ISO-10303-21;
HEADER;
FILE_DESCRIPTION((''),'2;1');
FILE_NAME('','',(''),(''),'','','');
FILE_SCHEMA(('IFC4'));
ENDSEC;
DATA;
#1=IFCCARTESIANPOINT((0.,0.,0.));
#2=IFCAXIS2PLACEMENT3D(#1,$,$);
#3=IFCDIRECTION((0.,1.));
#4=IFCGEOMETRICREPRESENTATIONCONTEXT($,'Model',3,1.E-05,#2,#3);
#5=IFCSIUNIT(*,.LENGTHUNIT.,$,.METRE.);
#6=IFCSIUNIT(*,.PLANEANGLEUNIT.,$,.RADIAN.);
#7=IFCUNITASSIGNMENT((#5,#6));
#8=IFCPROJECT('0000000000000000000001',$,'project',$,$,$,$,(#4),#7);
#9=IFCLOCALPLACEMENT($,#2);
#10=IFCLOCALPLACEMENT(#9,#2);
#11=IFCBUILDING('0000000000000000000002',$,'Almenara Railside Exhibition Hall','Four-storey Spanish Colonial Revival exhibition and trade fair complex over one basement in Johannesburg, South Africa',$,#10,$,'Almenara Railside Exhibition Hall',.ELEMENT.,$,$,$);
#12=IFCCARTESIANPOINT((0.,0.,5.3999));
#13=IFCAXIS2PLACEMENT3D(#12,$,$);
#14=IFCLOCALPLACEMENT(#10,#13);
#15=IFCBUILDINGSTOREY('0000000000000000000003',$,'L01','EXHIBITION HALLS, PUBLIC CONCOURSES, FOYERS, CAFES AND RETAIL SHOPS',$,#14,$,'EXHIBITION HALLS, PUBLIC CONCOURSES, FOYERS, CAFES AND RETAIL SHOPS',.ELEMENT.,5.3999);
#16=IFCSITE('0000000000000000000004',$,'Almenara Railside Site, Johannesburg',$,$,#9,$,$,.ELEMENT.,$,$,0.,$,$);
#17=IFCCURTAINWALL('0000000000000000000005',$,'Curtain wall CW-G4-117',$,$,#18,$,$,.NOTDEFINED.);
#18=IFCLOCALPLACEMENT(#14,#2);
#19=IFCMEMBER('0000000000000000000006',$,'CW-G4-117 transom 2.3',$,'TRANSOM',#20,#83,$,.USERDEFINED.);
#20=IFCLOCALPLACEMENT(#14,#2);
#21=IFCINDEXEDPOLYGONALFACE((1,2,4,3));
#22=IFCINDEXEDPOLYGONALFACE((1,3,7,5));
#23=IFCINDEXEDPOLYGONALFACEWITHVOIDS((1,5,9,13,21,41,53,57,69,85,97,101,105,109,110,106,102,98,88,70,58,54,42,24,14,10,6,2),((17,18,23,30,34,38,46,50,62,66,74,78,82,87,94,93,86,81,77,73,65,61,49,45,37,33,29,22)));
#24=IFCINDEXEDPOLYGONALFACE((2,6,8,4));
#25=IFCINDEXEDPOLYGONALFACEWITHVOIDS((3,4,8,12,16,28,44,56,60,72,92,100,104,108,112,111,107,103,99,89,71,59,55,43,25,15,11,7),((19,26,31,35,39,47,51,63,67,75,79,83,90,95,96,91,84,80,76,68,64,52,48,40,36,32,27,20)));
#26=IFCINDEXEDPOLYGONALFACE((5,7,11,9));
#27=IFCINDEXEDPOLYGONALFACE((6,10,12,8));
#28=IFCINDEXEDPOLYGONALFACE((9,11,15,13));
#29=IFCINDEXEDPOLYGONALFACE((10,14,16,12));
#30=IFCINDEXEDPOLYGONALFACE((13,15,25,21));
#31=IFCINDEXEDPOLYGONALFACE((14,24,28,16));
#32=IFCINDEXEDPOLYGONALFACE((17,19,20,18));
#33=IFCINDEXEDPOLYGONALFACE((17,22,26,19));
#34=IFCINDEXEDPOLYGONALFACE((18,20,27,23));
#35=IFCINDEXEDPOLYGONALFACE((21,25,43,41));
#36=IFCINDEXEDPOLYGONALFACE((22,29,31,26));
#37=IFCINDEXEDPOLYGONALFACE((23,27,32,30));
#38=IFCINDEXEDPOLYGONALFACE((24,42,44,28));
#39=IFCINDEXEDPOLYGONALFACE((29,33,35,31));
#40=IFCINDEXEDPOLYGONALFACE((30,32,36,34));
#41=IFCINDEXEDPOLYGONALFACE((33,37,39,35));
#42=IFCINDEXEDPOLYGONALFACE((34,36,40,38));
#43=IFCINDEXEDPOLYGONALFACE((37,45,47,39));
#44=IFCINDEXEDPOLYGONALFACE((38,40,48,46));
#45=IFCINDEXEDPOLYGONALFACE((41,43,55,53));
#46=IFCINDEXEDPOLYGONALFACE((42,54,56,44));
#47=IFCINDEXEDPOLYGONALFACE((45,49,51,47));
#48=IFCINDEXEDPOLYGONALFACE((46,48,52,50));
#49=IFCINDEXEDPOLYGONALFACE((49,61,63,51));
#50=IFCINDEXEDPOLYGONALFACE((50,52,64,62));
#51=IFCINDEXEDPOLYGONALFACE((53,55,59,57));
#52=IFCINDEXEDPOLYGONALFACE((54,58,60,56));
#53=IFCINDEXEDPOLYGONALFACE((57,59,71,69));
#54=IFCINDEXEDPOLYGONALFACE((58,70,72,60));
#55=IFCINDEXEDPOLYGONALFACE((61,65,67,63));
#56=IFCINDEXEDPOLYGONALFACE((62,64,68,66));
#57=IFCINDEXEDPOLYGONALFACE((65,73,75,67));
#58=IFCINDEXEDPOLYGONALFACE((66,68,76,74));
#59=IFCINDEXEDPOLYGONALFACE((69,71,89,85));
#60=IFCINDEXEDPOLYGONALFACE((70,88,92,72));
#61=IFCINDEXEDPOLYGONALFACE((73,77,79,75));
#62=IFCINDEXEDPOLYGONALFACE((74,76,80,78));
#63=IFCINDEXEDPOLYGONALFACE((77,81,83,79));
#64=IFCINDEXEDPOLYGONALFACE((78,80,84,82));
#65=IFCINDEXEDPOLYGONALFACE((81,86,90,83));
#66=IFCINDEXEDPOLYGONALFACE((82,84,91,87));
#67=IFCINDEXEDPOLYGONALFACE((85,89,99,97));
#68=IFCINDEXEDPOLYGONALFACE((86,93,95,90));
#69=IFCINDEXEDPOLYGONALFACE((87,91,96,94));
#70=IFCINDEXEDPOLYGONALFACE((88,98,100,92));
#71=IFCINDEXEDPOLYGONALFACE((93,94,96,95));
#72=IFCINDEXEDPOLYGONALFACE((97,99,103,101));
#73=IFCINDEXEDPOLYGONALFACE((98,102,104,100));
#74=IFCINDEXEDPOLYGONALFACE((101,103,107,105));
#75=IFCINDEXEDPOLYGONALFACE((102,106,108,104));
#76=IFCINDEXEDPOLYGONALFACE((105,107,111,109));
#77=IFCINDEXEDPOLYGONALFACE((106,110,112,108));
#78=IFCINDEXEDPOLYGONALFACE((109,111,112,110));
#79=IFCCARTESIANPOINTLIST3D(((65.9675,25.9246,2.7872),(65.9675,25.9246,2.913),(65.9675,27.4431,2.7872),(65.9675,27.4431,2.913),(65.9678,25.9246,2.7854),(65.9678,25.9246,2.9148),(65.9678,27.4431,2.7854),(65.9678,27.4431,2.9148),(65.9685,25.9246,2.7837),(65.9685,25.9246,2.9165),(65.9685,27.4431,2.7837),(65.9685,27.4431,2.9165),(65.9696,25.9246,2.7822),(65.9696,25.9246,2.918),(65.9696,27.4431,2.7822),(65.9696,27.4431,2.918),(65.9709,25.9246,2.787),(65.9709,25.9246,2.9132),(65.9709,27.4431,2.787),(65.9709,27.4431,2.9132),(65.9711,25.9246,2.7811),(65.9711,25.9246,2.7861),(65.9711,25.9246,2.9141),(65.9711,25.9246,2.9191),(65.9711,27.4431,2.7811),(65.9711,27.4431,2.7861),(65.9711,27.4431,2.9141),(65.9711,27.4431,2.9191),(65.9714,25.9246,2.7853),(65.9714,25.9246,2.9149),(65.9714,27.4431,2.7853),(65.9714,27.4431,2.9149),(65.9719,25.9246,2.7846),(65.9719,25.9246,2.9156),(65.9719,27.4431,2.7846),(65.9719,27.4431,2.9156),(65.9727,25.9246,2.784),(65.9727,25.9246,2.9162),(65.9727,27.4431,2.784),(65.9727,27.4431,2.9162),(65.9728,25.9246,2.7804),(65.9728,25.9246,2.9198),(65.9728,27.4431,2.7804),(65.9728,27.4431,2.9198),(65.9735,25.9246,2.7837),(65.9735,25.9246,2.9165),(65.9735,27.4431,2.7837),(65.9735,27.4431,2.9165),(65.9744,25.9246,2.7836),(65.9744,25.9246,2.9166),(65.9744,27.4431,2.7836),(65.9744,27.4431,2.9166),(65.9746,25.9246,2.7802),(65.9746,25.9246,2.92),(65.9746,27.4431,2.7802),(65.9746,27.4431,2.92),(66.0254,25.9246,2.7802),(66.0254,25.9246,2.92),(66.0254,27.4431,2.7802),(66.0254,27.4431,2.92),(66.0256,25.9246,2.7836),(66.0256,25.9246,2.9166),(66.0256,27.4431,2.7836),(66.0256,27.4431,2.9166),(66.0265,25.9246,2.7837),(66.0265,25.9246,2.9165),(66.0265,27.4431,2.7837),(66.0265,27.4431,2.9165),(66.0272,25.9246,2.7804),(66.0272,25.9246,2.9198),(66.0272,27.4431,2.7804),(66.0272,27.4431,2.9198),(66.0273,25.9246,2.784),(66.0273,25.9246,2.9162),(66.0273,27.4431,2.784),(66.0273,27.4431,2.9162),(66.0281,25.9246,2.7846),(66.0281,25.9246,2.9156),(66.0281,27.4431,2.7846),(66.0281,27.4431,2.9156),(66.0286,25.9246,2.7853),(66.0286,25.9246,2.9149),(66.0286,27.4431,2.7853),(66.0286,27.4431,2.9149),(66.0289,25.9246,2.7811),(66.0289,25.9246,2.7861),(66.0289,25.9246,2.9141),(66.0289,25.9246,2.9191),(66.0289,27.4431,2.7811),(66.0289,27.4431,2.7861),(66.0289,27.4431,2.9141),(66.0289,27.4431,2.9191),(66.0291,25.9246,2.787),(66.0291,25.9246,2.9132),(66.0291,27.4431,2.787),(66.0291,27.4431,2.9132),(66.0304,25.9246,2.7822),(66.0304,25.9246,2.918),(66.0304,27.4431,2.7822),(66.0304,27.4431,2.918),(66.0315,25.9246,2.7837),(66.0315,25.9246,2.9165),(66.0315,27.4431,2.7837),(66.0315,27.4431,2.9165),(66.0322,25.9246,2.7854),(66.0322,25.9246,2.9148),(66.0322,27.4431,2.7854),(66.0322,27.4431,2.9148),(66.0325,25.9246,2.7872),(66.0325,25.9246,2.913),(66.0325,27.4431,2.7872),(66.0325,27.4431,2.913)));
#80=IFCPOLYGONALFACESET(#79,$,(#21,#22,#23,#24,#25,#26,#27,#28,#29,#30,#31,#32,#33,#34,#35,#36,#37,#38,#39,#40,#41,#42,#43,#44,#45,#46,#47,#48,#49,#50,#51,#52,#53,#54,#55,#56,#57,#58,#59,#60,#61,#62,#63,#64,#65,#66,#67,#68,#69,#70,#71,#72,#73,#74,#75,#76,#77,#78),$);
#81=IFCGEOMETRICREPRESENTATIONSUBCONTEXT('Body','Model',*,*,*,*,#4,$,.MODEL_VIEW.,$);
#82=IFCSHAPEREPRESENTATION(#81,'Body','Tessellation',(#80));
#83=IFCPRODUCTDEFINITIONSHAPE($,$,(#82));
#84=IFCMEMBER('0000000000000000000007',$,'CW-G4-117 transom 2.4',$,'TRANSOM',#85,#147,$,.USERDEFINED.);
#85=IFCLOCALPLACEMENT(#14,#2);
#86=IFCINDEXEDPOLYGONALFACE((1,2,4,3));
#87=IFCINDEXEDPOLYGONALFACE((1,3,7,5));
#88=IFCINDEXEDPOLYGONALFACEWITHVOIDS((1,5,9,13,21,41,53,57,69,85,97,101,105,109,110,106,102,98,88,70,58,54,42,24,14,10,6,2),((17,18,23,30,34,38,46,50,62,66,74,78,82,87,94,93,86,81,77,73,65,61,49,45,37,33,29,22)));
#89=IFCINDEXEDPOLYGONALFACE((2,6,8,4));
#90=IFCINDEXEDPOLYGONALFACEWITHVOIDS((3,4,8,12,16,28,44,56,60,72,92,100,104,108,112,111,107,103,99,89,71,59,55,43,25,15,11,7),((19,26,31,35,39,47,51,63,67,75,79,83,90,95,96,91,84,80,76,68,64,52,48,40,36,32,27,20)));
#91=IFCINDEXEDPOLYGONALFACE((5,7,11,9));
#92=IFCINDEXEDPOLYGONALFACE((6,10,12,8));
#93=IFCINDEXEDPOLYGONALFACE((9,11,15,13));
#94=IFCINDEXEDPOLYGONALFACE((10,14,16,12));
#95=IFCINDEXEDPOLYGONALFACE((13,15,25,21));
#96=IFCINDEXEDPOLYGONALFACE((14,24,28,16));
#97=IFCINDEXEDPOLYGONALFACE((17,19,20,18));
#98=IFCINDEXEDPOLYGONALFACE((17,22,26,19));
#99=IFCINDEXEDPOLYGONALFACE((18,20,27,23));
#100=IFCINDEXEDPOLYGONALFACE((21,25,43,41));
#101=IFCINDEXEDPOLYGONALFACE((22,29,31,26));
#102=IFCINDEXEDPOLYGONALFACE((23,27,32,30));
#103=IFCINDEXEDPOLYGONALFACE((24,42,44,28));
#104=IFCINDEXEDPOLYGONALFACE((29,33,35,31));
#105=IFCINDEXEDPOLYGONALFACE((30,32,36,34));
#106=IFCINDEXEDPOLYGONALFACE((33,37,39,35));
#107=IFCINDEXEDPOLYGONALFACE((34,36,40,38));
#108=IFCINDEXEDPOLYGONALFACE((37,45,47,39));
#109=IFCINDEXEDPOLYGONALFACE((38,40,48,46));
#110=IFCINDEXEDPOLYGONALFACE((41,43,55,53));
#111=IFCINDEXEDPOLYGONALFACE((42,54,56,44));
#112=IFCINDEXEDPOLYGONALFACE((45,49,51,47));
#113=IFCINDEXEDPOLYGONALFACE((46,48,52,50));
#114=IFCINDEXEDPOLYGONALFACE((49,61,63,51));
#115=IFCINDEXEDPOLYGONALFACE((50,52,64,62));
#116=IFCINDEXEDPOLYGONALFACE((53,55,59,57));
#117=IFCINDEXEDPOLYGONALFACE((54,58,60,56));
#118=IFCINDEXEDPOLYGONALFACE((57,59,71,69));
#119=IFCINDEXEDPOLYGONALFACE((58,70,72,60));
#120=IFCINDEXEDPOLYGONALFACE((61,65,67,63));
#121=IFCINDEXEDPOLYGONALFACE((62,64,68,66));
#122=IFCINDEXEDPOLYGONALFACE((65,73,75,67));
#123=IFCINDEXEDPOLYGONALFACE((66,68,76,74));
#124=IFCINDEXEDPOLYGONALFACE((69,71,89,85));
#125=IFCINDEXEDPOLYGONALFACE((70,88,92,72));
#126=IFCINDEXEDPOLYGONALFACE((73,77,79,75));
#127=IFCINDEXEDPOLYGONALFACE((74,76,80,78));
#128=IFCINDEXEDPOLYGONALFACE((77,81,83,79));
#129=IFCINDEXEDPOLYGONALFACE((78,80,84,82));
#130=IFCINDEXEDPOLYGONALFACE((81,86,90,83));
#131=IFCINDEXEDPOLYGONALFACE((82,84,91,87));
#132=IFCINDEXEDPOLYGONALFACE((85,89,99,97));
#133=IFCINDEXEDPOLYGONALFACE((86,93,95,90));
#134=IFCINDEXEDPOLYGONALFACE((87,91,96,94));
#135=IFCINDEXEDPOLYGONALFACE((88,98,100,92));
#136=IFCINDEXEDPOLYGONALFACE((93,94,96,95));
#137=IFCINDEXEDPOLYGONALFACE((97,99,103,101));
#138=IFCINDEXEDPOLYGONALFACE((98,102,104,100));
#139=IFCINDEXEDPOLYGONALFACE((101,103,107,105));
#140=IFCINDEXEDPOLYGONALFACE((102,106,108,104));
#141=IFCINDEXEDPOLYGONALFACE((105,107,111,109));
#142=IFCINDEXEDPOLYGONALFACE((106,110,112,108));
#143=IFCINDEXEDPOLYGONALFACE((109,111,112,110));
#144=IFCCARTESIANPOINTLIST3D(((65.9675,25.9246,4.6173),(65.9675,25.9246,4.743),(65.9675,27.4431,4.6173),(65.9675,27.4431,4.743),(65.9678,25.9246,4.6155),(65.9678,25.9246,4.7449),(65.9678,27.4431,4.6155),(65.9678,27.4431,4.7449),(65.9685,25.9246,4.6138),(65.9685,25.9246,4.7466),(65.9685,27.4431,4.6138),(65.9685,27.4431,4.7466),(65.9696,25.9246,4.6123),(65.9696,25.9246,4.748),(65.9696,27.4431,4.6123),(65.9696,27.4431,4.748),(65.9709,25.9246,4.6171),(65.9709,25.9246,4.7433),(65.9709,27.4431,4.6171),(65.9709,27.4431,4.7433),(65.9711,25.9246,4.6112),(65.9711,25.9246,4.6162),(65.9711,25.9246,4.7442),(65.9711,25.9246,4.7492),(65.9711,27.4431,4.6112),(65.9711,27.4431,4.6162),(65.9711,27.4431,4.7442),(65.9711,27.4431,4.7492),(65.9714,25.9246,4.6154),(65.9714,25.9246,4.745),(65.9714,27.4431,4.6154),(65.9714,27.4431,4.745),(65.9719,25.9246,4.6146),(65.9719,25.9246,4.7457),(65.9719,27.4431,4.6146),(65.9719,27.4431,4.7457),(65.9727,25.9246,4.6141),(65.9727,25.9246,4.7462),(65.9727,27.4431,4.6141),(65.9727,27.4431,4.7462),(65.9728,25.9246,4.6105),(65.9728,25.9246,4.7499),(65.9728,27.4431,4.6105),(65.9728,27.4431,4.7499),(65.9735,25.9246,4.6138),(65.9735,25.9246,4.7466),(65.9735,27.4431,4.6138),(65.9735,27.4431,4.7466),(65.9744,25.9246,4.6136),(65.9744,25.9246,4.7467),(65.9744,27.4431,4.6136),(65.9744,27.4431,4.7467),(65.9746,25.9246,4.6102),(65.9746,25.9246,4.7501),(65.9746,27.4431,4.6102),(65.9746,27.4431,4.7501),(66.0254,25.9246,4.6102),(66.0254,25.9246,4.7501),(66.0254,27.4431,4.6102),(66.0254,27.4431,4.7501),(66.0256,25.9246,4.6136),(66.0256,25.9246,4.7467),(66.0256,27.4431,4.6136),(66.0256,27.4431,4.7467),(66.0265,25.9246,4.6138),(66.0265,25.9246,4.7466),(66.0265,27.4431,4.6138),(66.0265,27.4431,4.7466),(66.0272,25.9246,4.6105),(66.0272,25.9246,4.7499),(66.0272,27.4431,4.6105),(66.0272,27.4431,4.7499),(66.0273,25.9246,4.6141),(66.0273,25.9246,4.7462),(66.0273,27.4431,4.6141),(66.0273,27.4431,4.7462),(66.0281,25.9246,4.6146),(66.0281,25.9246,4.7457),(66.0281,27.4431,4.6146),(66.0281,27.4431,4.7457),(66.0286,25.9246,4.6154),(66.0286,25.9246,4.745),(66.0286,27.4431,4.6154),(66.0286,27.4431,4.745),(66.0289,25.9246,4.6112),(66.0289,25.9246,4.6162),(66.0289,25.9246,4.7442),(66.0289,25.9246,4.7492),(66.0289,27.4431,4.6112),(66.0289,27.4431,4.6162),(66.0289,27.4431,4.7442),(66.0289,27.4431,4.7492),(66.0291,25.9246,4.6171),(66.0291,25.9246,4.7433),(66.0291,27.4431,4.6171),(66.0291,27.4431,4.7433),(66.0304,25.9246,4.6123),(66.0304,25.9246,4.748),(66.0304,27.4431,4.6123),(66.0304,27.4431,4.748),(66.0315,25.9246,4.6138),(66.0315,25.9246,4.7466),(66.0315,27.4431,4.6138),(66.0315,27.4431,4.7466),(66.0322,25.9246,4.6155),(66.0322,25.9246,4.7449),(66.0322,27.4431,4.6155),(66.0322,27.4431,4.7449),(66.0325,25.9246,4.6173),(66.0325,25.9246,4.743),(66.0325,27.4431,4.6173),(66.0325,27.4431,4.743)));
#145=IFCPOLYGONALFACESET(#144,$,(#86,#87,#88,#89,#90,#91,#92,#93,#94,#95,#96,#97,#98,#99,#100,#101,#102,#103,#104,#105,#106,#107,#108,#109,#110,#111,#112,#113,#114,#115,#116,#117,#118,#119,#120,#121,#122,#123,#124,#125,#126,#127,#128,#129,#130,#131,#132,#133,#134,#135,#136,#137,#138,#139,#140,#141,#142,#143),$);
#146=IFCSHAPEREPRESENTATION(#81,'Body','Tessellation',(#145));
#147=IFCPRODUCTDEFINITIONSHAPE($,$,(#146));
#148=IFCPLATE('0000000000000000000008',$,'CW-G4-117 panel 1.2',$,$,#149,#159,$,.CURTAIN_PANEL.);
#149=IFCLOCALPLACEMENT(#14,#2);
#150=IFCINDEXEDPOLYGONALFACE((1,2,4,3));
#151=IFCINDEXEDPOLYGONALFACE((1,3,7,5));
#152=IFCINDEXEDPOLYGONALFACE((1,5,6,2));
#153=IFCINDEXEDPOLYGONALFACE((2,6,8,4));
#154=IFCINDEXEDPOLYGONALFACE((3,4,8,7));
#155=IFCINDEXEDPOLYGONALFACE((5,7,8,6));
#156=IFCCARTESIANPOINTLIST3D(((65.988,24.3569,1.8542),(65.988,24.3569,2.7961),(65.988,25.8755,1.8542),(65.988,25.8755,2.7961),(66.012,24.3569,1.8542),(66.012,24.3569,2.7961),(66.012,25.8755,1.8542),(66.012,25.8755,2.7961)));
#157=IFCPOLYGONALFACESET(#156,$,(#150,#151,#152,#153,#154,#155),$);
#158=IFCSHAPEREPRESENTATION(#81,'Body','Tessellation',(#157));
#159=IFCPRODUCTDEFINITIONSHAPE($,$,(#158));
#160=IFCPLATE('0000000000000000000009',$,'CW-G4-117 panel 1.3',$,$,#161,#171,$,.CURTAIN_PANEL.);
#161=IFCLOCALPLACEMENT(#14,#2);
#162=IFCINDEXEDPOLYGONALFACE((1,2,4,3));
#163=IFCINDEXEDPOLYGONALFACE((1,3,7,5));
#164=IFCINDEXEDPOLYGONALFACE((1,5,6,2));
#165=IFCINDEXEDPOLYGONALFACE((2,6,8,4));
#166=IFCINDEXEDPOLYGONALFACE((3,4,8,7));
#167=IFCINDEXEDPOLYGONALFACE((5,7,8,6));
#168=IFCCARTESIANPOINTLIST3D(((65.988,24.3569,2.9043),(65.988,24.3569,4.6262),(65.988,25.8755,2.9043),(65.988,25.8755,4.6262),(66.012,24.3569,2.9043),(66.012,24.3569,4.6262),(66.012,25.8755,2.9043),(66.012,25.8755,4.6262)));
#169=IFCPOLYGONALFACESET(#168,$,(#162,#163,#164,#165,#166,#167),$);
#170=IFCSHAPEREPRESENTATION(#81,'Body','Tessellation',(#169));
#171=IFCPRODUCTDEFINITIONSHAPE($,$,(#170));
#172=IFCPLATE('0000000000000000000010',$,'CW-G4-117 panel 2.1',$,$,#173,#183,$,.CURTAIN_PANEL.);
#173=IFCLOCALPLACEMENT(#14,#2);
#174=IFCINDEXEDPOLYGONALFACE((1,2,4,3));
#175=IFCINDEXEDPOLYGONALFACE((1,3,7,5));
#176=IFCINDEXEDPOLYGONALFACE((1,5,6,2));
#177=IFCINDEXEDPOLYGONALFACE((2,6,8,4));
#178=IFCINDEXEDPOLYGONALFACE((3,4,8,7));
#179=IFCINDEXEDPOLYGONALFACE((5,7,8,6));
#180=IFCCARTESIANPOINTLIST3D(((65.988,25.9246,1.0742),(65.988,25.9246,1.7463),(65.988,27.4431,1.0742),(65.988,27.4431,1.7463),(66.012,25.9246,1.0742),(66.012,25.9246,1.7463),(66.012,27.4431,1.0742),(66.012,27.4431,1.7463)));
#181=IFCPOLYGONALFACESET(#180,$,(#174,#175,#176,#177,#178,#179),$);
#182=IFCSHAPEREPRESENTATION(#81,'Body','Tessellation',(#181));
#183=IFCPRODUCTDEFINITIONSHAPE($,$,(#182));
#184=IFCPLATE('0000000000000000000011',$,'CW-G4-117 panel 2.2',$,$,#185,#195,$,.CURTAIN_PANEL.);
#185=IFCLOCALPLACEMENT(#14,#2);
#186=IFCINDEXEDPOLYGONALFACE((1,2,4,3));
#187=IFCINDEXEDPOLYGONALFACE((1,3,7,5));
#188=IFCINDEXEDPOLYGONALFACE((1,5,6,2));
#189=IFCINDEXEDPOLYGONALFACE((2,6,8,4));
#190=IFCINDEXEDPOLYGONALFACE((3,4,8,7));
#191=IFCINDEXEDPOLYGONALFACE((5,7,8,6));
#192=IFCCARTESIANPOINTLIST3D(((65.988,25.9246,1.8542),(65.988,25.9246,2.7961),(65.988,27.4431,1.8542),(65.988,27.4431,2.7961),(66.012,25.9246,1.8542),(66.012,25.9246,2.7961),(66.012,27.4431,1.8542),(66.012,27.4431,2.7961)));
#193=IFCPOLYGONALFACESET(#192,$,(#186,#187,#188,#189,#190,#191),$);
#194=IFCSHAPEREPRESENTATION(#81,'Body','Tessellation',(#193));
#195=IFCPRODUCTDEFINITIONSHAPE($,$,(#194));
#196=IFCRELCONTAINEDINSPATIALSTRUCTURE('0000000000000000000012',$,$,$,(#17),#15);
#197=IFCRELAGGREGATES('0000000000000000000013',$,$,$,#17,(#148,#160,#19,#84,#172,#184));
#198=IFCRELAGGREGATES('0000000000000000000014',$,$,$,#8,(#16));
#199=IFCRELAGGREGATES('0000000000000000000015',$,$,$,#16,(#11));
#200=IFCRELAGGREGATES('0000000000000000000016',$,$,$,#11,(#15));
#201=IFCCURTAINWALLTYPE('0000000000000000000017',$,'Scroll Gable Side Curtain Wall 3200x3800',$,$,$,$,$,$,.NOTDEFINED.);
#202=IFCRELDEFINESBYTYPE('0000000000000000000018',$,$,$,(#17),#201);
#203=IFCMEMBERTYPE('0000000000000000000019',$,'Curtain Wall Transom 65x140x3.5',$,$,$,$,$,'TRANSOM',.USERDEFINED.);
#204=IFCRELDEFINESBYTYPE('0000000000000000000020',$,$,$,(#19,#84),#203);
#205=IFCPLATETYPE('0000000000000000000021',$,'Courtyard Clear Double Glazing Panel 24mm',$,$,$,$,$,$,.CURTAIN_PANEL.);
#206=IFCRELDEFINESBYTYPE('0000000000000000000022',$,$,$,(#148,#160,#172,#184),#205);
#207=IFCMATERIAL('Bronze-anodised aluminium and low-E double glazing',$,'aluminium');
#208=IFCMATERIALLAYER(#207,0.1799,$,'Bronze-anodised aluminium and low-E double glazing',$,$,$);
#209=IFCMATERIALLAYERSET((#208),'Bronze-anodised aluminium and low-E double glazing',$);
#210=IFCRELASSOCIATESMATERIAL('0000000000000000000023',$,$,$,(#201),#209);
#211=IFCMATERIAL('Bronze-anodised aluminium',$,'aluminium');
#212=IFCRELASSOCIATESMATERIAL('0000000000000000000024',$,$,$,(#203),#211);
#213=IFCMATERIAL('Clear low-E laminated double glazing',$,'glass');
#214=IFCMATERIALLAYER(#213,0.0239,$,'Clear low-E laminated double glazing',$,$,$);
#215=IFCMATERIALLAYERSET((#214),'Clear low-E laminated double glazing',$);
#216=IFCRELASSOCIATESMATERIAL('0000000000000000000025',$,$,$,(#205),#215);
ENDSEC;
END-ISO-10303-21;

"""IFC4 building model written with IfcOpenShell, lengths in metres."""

from ifc_helpers import new_model, si_unit, direction, frame, origin, origin_2d, place, context, subcontext, project, spatial, rectangle, hollow_rectangle, extrude, material, layer, layer_set, material_profile, profile_set, type_object, element, aggregate, save


model = new_model("IFC4")

# Units and contexts
model_context = context("Model", 3, precision=1e-05, world=origin(), true_north=direction((0.0, 1.0)))
body_context = subcontext(model_context, "Body", "Model", "MODEL_VIEW")
ifc_project = project(units=[si_unit("LENGTHUNIT", "METRE"), si_unit("PLANEANGLEUNIT", "RADIAN")], contexts=[model_context])

# Site, building, storey
site_placement = place(None, origin())
site = spatial("IfcSite", under=ifc_project, at=site_placement, Name="Almenara Railside Site, Johannesburg", CompositionType="ELEMENT", RefElevation=0.0)
building_placement = place(site_placement, origin())
building = spatial("IfcBuilding", under=site, at=building_placement, Name="Almenara Railside Exhibition Hall", Description="Four-storey Spanish Colonial Revival exhibition and trade fair complex over one basement in Johannesburg, South Africa", LongName="Almenara Railside Exhibition Hall", CompositionType="ELEMENT")
storey_placement = place(building_placement, frame((0.0, 0.0, 5.3999)))
storey = spatial("IfcBuildingStorey", under=building, at=storey_placement, Name="L01", Description="EXHIBITION HALLS, PUBLIC CONCOURSES, FOYERS, CAFES AND RETAIL SHOPS", LongName="EXHIBITION HALLS, PUBLIC CONCOURSES, FOYERS, CAFES AND RETAIL SHOPS", CompositionType="ELEMENT", Elevation=5.3999)

# Curtain wall
ifc_material_1 = material(Name="Bronze-anodised aluminium and low-E double glazing", Category="aluminium")
ifc_layer_1 = layer(ifc_material_1, 0.1799, Name="Bronze-anodised aluminium and low-E double glazing")
ifc_layer_set_1 = layer_set([ifc_layer_1], Name="Bronze-anodised aluminium and low-E double glazing")
curtain_wall_type = type_object("IfcCurtainWallType", Name="Scroll Gable Side Curtain Wall 3200x3800", PredefinedType="NOTDEFINED", material=ifc_layer_set_1)
ifc_material_2 = material(Name="Bronze-anodised aluminium", Category="aluminium")
curtain_wall_1_placement = place(storey_placement, origin())
curtain_wall_1 = element("IfcCurtainWall", 1, at=curtain_wall_1_placement, inside=storey, type_object=curtain_wall_type, Name="Curtain wall CW-G4-117", PredefinedType="NOTDEFINED")

# Members
ifc_material_profile_1 = material_profile(ifc_material_2, hollow_rectangle(XDim=0.0649, YDim=0.1399, WallThickness=0.0034, InnerFilletRadius=0.0034, OuterFilletRadius=0.0071, at=origin_2d()), Name="ALU-TRN 65x140x3.5")
ifc_profile_set_1 = profile_set([ifc_material_profile_1], Name="Bronze-anodised aluminium")
member_type_1 = type_object("IfcMemberType", Name="Curtain Wall Transom 65x140x3.5", ElementType="TRANSOM", PredefinedType="USERDEFINED", material=ifc_profile_set_1)
member_1_placement = place(storey_placement, frame((66.0, 25.9246, 2.8501), z_axis=(0.0, 1.0, 0.0), x_axis=(-1.0, 0.0, 0.0)))
member_1 = element("IfcMember", 2, at=member_1_placement, type_object=member_type_1, Name="CW-G4-117 transom 2.3", ObjectType="TRANSOM", PredefinedType="USERDEFINED", context=body_context, shape_type="SweptSolid", body=[
    extrude(hollow_rectangle(XDim=0.0649, YDim=0.1399, WallThickness=0.0034, InnerFilletRadius=0.0034, OuterFilletRadius=0.0071, at=origin_2d()), origin(), (0.0, 0.0, 1.0), 1.5186),
])
member_2_placement = place(storey_placement, frame((66.0, 25.9246, 4.6802), z_axis=(0.0, 1.0, 0.0), x_axis=(-1.0, 0.0, 0.0)))
member_2 = element("IfcMember", 3, at=member_2_placement, type_object=member_type_1, Name="CW-G4-117 transom 2.4", ObjectType="TRANSOM", PredefinedType="USERDEFINED", context=body_context, shape_type="SweptSolid", body=[
    extrude(hollow_rectangle(XDim=0.0649, YDim=0.1399, WallThickness=0.0034, InnerFilletRadius=0.0034, OuterFilletRadius=0.0071, at=origin_2d()), origin(), (0.0, 0.0, 1.0), 1.5186),
])

# Plates
ifc_material_3 = material(Name="Clear low-E laminated double glazing", Category="glass")
ifc_layer_2 = layer(ifc_material_3, 0.0239, Name="Clear low-E laminated double glazing")
ifc_layer_set_2 = layer_set([ifc_layer_2], Name="Clear low-E laminated double glazing")
plate_type_1 = type_object("IfcPlateType", Name="Courtyard Clear Double Glazing Panel 24mm", PredefinedType="CURTAIN_PANEL", material=ifc_layer_set_2)
plate_1_placement = place(storey_placement, frame((66.0, 25.1162, 1.8542), z_axis=(0.0, 0.0, 1.0), x_axis=(0.0, 1.0, 0.0)))
plate_1 = element("IfcPlate", 4, at=plate_1_placement, type_object=plate_type_1, Name="CW-G4-117 panel 1.2", PredefinedType="CURTAIN_PANEL", context=body_context, shape_type="SweptSolid", body=[
    extrude(rectangle(XDim=1.5186, YDim=0.0239, at=origin_2d()), origin(), (0.0, 0.0, 1.0), 0.9419),
])
plate_2_placement = place(storey_placement, frame((66.0, 25.1162, 2.9043), z_axis=(0.0, 0.0, 1.0), x_axis=(0.0, 1.0, 0.0)))
plate_2 = element("IfcPlate", 5, at=plate_2_placement, type_object=plate_type_1, Name="CW-G4-117 panel 1.3", PredefinedType="CURTAIN_PANEL", context=body_context, shape_type="SweptSolid", body=[
    extrude(rectangle(XDim=1.5186, YDim=0.0239, at=origin_2d()), origin(), (0.0, 0.0, 1.0), 1.7219),
])
plate_3_placement = place(storey_placement, frame((66.0, 26.6838, 1.0742), z_axis=(0.0, 0.0, 1.0), x_axis=(0.0, 1.0, 0.0)))
plate_3 = element("IfcPlate", 6, at=plate_3_placement, type_object=plate_type_1, Name="CW-G4-117 panel 2.1", PredefinedType="CURTAIN_PANEL", context=body_context, shape_type="SweptSolid", body=[
    extrude(rectangle(XDim=1.5186, YDim=0.0239, at=origin_2d()), origin(), (0.0, 0.0, 1.0), 0.6721),
])
plate_4_placement = place(storey_placement, frame((66.0, 26.6838, 1.8542), z_axis=(0.0, 0.0, 1.0), x_axis=(0.0, 1.0, 0.0)))
plate_4 = element("IfcPlate", 7, at=plate_4_placement, type_object=plate_type_1, Name="CW-G4-117 panel 2.2", PredefinedType="CURTAIN_PANEL", context=body_context, shape_type="SweptSolid", body=[
    extrude(rectangle(XDim=1.5186, YDim=0.0239, at=origin_2d()), origin(), (0.0, 0.0, 1.0), 0.9419),
])
aggregate(curtain_wall_1, [plate_1, plate_2, member_1, member_2, plate_3, plate_4])

save(model, "model.ifc")
